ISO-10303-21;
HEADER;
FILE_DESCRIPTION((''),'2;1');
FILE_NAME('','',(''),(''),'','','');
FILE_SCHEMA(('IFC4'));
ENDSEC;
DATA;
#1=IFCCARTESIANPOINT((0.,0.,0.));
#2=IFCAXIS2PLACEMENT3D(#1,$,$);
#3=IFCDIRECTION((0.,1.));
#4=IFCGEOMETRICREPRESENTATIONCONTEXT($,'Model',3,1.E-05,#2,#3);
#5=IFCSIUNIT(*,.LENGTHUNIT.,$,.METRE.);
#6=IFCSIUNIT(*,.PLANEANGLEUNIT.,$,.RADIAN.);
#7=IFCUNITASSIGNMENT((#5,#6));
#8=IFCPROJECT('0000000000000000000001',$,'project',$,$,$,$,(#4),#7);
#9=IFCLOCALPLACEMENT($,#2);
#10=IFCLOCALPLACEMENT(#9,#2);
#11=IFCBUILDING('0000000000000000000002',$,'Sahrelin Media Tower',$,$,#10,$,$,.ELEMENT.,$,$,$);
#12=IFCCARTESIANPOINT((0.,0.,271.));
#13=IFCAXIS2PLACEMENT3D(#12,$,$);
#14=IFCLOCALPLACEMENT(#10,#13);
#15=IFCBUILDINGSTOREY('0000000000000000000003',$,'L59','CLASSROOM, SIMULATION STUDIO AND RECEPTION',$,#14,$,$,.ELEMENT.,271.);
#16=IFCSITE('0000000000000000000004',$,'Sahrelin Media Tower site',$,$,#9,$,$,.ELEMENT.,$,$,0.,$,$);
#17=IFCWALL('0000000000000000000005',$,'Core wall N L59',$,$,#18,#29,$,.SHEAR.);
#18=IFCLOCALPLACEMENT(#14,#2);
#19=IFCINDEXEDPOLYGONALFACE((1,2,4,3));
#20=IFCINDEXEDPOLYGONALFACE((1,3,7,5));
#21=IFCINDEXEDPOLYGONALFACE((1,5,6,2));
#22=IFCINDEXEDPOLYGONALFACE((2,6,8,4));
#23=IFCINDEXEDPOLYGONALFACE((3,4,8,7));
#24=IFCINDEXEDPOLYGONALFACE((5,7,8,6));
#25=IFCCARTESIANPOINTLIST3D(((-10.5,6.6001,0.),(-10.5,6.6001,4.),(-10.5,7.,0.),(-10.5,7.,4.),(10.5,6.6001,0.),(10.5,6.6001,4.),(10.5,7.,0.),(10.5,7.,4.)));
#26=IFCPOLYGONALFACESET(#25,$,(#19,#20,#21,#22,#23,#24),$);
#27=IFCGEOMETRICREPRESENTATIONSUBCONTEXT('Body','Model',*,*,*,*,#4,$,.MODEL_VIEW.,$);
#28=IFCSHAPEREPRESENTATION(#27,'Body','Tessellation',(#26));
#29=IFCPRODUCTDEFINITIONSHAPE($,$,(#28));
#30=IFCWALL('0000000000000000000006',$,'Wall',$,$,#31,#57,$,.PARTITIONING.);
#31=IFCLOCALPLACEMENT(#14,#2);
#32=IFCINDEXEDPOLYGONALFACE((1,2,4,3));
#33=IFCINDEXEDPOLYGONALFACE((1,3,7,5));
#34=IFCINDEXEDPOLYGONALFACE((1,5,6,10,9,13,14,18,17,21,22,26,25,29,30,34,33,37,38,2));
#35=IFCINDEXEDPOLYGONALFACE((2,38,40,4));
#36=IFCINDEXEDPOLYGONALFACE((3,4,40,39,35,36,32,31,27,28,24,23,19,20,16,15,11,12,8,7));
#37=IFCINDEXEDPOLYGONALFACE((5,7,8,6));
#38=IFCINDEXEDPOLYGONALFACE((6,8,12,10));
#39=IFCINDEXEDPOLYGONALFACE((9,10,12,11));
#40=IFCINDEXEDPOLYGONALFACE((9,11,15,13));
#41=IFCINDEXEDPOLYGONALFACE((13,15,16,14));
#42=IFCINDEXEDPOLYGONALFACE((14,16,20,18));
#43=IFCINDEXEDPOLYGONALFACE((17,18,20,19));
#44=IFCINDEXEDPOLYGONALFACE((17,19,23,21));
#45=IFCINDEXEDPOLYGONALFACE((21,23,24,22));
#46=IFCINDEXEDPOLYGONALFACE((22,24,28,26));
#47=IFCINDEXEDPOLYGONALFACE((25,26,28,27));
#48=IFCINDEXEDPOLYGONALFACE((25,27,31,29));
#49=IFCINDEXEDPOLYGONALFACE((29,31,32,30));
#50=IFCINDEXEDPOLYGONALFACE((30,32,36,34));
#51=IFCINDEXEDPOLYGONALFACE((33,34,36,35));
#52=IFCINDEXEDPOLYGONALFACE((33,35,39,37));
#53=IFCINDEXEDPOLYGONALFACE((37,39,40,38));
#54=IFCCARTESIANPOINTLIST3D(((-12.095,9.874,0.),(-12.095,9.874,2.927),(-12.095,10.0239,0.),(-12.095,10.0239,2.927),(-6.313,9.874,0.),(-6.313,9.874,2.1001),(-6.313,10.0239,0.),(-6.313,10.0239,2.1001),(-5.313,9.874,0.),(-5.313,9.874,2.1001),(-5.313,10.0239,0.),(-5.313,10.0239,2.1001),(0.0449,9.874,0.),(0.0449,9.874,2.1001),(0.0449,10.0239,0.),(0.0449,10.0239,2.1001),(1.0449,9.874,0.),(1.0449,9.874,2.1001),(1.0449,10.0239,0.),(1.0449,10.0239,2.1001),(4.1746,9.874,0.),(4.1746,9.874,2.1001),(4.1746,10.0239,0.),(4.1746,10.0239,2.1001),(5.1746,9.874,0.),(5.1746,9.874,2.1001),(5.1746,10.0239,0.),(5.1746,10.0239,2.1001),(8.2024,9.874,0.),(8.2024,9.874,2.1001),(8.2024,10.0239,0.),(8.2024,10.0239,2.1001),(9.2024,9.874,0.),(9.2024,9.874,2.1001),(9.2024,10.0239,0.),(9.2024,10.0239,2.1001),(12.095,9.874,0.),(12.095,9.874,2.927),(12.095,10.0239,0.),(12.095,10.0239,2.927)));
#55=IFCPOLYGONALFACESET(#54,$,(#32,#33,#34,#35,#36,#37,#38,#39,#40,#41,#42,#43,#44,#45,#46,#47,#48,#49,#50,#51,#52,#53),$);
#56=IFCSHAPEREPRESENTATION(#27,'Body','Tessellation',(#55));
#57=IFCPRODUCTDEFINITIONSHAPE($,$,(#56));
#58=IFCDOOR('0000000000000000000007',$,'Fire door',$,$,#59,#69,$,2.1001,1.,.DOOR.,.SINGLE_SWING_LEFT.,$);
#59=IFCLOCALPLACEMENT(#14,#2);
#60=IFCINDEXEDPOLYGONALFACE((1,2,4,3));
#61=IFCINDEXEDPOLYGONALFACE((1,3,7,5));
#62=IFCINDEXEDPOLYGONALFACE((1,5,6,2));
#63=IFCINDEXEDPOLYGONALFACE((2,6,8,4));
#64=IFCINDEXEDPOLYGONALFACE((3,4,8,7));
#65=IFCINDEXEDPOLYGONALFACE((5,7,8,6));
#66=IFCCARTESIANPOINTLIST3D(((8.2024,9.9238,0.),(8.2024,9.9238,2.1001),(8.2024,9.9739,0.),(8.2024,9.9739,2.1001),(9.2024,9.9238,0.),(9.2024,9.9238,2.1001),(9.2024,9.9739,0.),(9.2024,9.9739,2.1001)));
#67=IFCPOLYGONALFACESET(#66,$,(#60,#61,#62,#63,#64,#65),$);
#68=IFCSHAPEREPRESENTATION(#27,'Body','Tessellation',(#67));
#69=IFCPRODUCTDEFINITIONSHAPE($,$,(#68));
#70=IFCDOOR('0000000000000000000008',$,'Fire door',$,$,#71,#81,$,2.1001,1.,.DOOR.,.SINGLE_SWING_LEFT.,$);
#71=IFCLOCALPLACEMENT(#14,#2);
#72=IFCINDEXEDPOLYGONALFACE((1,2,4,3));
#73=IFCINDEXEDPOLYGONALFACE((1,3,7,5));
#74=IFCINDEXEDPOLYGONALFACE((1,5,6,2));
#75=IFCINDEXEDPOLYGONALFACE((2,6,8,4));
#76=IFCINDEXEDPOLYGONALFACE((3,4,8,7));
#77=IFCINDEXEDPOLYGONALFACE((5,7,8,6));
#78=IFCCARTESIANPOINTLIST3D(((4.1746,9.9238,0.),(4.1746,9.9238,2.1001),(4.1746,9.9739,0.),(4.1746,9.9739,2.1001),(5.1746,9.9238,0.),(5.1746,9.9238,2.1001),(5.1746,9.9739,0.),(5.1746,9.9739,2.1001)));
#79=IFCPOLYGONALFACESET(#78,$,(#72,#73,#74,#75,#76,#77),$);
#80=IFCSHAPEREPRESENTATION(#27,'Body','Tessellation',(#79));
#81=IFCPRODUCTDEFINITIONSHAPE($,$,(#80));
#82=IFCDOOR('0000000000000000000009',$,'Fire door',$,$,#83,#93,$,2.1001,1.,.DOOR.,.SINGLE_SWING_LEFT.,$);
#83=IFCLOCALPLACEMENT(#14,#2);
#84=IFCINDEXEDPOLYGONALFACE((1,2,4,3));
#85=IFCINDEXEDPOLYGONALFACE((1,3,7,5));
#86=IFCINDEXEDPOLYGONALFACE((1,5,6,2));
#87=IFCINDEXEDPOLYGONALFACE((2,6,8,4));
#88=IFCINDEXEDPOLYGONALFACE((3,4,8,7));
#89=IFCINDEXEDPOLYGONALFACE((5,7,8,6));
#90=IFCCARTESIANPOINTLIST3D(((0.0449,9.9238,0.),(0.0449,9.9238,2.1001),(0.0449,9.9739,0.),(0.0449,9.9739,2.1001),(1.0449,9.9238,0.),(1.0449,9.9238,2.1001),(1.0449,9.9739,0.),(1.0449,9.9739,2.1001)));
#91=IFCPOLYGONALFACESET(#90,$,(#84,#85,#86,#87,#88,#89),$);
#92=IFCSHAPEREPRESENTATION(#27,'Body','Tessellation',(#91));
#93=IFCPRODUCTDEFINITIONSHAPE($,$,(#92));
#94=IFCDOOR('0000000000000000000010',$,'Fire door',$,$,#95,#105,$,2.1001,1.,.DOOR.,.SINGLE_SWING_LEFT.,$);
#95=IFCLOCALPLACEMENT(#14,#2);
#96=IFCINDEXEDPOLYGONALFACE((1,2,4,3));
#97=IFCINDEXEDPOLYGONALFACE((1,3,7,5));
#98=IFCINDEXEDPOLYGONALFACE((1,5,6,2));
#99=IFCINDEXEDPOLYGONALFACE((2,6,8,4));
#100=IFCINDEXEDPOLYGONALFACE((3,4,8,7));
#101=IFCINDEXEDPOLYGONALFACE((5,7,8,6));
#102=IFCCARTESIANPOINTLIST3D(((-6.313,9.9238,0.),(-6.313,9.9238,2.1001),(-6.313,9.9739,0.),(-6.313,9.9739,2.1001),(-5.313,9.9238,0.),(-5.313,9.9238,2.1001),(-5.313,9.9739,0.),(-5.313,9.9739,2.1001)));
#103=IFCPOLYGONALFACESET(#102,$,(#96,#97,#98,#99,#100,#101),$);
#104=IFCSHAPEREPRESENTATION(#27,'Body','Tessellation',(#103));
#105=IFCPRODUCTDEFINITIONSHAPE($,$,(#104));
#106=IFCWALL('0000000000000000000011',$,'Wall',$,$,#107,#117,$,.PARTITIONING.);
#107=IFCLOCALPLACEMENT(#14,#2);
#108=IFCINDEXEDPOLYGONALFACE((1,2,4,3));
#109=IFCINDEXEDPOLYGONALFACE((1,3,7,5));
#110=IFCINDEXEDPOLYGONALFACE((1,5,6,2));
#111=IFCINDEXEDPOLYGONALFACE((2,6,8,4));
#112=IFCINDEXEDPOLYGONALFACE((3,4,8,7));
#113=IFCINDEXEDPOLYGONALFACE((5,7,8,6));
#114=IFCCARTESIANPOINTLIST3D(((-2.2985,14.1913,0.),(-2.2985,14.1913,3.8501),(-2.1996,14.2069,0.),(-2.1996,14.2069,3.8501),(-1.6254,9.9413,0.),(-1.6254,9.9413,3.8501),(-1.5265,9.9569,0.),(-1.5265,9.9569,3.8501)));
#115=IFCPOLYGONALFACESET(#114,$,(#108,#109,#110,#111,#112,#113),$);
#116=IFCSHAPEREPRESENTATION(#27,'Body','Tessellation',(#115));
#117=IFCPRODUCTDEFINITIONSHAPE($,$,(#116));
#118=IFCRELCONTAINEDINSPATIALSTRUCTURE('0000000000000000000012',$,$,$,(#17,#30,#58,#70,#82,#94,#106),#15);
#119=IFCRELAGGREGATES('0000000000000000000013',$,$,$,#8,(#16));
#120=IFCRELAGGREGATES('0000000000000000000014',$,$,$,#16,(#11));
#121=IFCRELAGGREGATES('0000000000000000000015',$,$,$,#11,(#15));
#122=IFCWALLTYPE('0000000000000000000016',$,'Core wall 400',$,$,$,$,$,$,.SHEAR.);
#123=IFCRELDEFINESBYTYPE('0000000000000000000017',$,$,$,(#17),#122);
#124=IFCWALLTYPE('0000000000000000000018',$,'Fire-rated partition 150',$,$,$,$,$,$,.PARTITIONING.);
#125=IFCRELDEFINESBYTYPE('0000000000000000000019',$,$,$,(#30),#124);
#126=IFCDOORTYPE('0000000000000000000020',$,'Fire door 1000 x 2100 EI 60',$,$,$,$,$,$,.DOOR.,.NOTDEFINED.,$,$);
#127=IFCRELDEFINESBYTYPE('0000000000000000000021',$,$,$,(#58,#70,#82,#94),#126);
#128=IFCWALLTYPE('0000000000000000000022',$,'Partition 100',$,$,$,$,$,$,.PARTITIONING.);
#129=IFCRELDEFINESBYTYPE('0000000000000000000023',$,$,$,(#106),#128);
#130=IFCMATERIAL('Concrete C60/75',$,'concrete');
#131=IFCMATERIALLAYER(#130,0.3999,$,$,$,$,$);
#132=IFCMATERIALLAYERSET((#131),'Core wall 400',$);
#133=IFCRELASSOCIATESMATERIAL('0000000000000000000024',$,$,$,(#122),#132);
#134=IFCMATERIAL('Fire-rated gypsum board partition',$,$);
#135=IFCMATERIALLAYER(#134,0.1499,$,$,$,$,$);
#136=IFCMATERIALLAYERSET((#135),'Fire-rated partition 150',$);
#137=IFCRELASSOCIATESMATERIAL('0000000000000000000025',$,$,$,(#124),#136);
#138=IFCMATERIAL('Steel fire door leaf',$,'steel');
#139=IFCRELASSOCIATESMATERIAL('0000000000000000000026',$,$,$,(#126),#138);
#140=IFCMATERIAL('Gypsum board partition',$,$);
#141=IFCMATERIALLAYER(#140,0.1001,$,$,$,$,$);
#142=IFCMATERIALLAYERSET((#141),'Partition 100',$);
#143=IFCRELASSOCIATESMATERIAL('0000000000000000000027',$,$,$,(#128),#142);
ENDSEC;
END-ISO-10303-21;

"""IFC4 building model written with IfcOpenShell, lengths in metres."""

from ifc_helpers import new_model, si_unit, direction, frame, frame_2d, origin, place, context, subcontext, project, spatial, rectangle, extrude, material, layer, layer_set, type_object, element, fill, save


model = new_model("IFC4")

# Units and contexts
model_context = context("Model", 3, precision=1e-05, world=origin(), true_north=direction((0.0, 1.0)))
body_context = subcontext(model_context, "Body", "Model", "MODEL_VIEW")
ifc_project = project(units=[si_unit("LENGTHUNIT", "METRE"), si_unit("PLANEANGLEUNIT", "RADIAN")], contexts=[model_context])

# Site, building, storey
site_placement = place(None, origin())
site = spatial("IfcSite", under=ifc_project, at=site_placement, Name="Sahrelin Media Tower site", CompositionType="ELEMENT", RefElevation=0.0)
building_placement = place(site_placement, origin())
building = spatial("IfcBuilding", under=site, at=building_placement, Name="Sahrelin Media Tower", CompositionType="ELEMENT")
storey_placement = place(building_placement, frame((0.0, 0.0, 271.0)))
storey = spatial("IfcBuildingStorey", under=building, at=storey_placement, Name="L59", Description="CLASSROOM, SIMULATION STUDIO AND RECEPTION", CompositionType="ELEMENT", Elevation=271.0)

# Wall
ifc_material_1 = material(Name="Concrete C60/75", Category="concrete")
ifc_layer_1 = layer(ifc_material_1, 0.3999)
ifc_layer_set_1 = layer_set([ifc_layer_1], Name="Core wall 400")
wall_type_1 = type_object("IfcWallType", Name="Core wall 400", PredefinedType="SHEAR", material=ifc_layer_set_1)
wall_1_placement = place(storey_placement, frame((-10.5, 6.8, 0.0), z_axis=(0.0, 0.0, 1.0), x_axis=(1.0, 0.0, 0.0)))
element("IfcWall", 1, at=wall_1_placement, inside=storey, type_object=wall_type_1, Name="Core wall N L59", PredefinedType="SHEAR", context=body_context, shape_type="SweptSolid", body=[
    extrude(rectangle(XDim=21.0, YDim=0.3999, at=frame_2d((10.5, 0.0))), origin(), (0.0, 0.0, 1.0), 4.0),
])

# Wall, openings, doors
ifc_material_2 = material(Name="Fire-rated gypsum board partition")
ifc_layer_2 = layer(ifc_material_2, 0.1499)
ifc_layer_set_2 = layer_set([ifc_layer_2], Name="Fire-rated partition 150")
wall_type_2 = type_object("IfcWallType", Name="Fire-rated partition 150", PredefinedType="PARTITIONING", material=ifc_layer_set_2)
wall_2_placement = place(storey_placement, frame((-12.095, 9.949, 0.0), z_axis=(0.0, 0.0, 1.0), x_axis=(1.0, 0.0, 0.0)))
wall_2 = element("IfcWall", 2, at=wall_2_placement, inside=storey, type_object=wall_type_2, Name="Wall", PredefinedType="PARTITIONING", context=body_context, shape_type="SweptSolid", body=[
    extrude(rectangle(XDim=24.1899, YDim=0.1499, at=frame_2d((12.095, 0.0))), origin(), (0.0, 0.0, 1.0), 2.927),
])
opening_1_placement = place(wall_2_placement, frame((20.2974, 0.0, 0.0)))
opening_1 = element("IfcOpeningElement", 3, at=opening_1_placement, cuts=wall_2, PredefinedType="OPENING", context=body_context, shape_type="SweptSolid", body=[
    extrude(rectangle(XDim=1.0, YDim=2.1001, at=frame_2d((0.5, 1.05))), frame((0.0, 0.075, 0.0), z_axis=(0.0, -1.0, 0.0), x_axis=(1.0, 0.0, 0.0)), (0.0, 0.0, 1.0), 0.1499),
])
opening_2_placement = place(wall_2_placement, frame((16.2695, 0.0, 0.0)))
opening_2 = element("IfcOpeningElement", 4, at=opening_2_placement, cuts=wall_2, PredefinedType="OPENING", context=body_context, shape_type="SweptSolid", body=[
    extrude(rectangle(XDim=1.0, YDim=2.1001, at=frame_2d((0.5, 1.05))), frame((0.0, 0.075, 0.0), z_axis=(0.0, -1.0, 0.0), x_axis=(1.0, 0.0, 0.0)), (0.0, 0.0, 1.0), 0.1499),
])
opening_3_placement = place(wall_2_placement, frame((12.1399, 0.0, 0.0)))
opening_3 = element("IfcOpeningElement", 5, at=opening_3_placement, cuts=wall_2, PredefinedType="OPENING", context=body_context, shape_type="SweptSolid", body=[
    extrude(rectangle(XDim=1.0, YDim=2.1001, at=frame_2d((0.5, 1.05))), frame((0.0, 0.075, 0.0), z_axis=(0.0, -1.0, 0.0), x_axis=(1.0, 0.0, 0.0)), (0.0, 0.0, 1.0), 0.1499),
])
opening_4_placement = place(wall_2_placement, frame((5.782, 0.0, 0.0)))
opening_4 = element("IfcOpeningElement", 6, at=opening_4_placement, cuts=wall_2, PredefinedType="OPENING", context=body_context, shape_type="SweptSolid", body=[
    extrude(rectangle(XDim=1.0, YDim=2.1001, at=frame_2d((0.5, 1.05))), frame((0.0, 0.075, 0.0), z_axis=(0.0, -1.0, 0.0), x_axis=(1.0, 0.0, 0.0)), (0.0, 0.0, 1.0), 0.1499),
])
ifc_material_3 = material(Name="Steel fire door leaf", Category="steel")
door_type = type_object("IfcDoorType", Name="Fire door 1000 x 2100 EI 60", OperationType="NOTDEFINED", PredefinedType="DOOR", material=ifc_material_3)
door_1_placement = place(opening_1_placement, origin())
door_1 = element("IfcDoor", 7, at=door_1_placement, inside=storey, type_object=door_type, Name="Fire door", OperationType="SINGLE_SWING_LEFT", OverallHeight=2.1001, OverallWidth=1.0, PredefinedType="DOOR", context=body_context, shape_type="SweptSolid", body=[
    extrude(rectangle(XDim=1.0, YDim=2.1001, at=frame_2d((0.5, 1.05))), frame((0.0, 0.0249, 0.0), z_axis=(0.0, -1.0, 0.0), x_axis=(1.0, 0.0, 0.0)), (0.0, 0.0, 1.0), 0.05),
])
fill(opening_1, door_1)
door_2_placement = place(opening_2_placement, origin())
door_2 = element("IfcDoor", 8, at=door_2_placement, inside=storey, type_object=door_type, Name="Fire door", OperationType="SINGLE_SWING_LEFT", OverallHeight=2.1001, OverallWidth=1.0, PredefinedType="DOOR", context=body_context, shape_type="SweptSolid", body=[
    extrude(rectangle(XDim=1.0, YDim=2.1001, at=frame_2d((0.5, 1.05))), frame((0.0, 0.0249, 0.0), z_axis=(0.0, -1.0, 0.0), x_axis=(1.0, 0.0, 0.0)), (0.0, 0.0, 1.0), 0.05),
])
fill(opening_2, door_2)
door_3_placement = place(opening_3_placement, origin())
door_3 = element("IfcDoor", 9, at=door_3_placement, inside=storey, type_object=door_type, Name="Fire door", OperationType="SINGLE_SWING_LEFT", OverallHeight=2.1001, OverallWidth=1.0, PredefinedType="DOOR", context=body_context, shape_type="SweptSolid", body=[
    extrude(rectangle(XDim=1.0, YDim=2.1001, at=frame_2d((0.5, 1.05))), frame((0.0, 0.0249, 0.0), z_axis=(0.0, -1.0, 0.0), x_axis=(1.0, 0.0, 0.0)), (0.0, 0.0, 1.0), 0.05),
])
fill(opening_3, door_3)
door_4_placement = place(opening_4_placement, origin())
door_4 = element("IfcDoor", 10, at=door_4_placement, inside=storey, type_object=door_type, Name="Fire door", OperationType="SINGLE_SWING_LEFT", OverallHeight=2.1001, OverallWidth=1.0, PredefinedType="DOOR", context=body_context, shape_type="SweptSolid", body=[
    extrude(rectangle(XDim=1.0, YDim=2.1001, at=frame_2d((0.5, 1.05))), frame((0.0, 0.0249, 0.0), z_axis=(0.0, -1.0, 0.0), x_axis=(1.0, 0.0, 0.0)), (0.0, 0.0, 1.0), 0.05),
])
fill(opening_4, door_4)

# Wall
ifc_material_4 = material(Name="Gypsum board partition")
ifc_layer_3 = layer(ifc_material_4, 0.1001)
ifc_layer_set_3 = layer_set([ifc_layer_3], Name="Partition 100")
wall_type_3 = type_object("IfcWallType", Name="Partition 100", PredefinedType="PARTITIONING", material=ifc_layer_set_3)
wall_3_placement = place(storey_placement, frame((-2.249, 14.199, 0.0), z_axis=(0.0, 0.0, 1.0), x_axis=(0.156426, -0.98769, 0.0)))
element("IfcWall", 11, at=wall_3_placement, inside=storey, type_object=wall_type_3, Name="Wall", PredefinedType="PARTITIONING", context=body_context, shape_type="SweptSolid", body=[
    extrude(rectangle(XDim=4.303, YDim=0.1001, at=frame_2d((2.1514, 0.0))), origin(), (0.0, 0.0, 1.0), 3.8501),
])

save(model, "model.ifc")
